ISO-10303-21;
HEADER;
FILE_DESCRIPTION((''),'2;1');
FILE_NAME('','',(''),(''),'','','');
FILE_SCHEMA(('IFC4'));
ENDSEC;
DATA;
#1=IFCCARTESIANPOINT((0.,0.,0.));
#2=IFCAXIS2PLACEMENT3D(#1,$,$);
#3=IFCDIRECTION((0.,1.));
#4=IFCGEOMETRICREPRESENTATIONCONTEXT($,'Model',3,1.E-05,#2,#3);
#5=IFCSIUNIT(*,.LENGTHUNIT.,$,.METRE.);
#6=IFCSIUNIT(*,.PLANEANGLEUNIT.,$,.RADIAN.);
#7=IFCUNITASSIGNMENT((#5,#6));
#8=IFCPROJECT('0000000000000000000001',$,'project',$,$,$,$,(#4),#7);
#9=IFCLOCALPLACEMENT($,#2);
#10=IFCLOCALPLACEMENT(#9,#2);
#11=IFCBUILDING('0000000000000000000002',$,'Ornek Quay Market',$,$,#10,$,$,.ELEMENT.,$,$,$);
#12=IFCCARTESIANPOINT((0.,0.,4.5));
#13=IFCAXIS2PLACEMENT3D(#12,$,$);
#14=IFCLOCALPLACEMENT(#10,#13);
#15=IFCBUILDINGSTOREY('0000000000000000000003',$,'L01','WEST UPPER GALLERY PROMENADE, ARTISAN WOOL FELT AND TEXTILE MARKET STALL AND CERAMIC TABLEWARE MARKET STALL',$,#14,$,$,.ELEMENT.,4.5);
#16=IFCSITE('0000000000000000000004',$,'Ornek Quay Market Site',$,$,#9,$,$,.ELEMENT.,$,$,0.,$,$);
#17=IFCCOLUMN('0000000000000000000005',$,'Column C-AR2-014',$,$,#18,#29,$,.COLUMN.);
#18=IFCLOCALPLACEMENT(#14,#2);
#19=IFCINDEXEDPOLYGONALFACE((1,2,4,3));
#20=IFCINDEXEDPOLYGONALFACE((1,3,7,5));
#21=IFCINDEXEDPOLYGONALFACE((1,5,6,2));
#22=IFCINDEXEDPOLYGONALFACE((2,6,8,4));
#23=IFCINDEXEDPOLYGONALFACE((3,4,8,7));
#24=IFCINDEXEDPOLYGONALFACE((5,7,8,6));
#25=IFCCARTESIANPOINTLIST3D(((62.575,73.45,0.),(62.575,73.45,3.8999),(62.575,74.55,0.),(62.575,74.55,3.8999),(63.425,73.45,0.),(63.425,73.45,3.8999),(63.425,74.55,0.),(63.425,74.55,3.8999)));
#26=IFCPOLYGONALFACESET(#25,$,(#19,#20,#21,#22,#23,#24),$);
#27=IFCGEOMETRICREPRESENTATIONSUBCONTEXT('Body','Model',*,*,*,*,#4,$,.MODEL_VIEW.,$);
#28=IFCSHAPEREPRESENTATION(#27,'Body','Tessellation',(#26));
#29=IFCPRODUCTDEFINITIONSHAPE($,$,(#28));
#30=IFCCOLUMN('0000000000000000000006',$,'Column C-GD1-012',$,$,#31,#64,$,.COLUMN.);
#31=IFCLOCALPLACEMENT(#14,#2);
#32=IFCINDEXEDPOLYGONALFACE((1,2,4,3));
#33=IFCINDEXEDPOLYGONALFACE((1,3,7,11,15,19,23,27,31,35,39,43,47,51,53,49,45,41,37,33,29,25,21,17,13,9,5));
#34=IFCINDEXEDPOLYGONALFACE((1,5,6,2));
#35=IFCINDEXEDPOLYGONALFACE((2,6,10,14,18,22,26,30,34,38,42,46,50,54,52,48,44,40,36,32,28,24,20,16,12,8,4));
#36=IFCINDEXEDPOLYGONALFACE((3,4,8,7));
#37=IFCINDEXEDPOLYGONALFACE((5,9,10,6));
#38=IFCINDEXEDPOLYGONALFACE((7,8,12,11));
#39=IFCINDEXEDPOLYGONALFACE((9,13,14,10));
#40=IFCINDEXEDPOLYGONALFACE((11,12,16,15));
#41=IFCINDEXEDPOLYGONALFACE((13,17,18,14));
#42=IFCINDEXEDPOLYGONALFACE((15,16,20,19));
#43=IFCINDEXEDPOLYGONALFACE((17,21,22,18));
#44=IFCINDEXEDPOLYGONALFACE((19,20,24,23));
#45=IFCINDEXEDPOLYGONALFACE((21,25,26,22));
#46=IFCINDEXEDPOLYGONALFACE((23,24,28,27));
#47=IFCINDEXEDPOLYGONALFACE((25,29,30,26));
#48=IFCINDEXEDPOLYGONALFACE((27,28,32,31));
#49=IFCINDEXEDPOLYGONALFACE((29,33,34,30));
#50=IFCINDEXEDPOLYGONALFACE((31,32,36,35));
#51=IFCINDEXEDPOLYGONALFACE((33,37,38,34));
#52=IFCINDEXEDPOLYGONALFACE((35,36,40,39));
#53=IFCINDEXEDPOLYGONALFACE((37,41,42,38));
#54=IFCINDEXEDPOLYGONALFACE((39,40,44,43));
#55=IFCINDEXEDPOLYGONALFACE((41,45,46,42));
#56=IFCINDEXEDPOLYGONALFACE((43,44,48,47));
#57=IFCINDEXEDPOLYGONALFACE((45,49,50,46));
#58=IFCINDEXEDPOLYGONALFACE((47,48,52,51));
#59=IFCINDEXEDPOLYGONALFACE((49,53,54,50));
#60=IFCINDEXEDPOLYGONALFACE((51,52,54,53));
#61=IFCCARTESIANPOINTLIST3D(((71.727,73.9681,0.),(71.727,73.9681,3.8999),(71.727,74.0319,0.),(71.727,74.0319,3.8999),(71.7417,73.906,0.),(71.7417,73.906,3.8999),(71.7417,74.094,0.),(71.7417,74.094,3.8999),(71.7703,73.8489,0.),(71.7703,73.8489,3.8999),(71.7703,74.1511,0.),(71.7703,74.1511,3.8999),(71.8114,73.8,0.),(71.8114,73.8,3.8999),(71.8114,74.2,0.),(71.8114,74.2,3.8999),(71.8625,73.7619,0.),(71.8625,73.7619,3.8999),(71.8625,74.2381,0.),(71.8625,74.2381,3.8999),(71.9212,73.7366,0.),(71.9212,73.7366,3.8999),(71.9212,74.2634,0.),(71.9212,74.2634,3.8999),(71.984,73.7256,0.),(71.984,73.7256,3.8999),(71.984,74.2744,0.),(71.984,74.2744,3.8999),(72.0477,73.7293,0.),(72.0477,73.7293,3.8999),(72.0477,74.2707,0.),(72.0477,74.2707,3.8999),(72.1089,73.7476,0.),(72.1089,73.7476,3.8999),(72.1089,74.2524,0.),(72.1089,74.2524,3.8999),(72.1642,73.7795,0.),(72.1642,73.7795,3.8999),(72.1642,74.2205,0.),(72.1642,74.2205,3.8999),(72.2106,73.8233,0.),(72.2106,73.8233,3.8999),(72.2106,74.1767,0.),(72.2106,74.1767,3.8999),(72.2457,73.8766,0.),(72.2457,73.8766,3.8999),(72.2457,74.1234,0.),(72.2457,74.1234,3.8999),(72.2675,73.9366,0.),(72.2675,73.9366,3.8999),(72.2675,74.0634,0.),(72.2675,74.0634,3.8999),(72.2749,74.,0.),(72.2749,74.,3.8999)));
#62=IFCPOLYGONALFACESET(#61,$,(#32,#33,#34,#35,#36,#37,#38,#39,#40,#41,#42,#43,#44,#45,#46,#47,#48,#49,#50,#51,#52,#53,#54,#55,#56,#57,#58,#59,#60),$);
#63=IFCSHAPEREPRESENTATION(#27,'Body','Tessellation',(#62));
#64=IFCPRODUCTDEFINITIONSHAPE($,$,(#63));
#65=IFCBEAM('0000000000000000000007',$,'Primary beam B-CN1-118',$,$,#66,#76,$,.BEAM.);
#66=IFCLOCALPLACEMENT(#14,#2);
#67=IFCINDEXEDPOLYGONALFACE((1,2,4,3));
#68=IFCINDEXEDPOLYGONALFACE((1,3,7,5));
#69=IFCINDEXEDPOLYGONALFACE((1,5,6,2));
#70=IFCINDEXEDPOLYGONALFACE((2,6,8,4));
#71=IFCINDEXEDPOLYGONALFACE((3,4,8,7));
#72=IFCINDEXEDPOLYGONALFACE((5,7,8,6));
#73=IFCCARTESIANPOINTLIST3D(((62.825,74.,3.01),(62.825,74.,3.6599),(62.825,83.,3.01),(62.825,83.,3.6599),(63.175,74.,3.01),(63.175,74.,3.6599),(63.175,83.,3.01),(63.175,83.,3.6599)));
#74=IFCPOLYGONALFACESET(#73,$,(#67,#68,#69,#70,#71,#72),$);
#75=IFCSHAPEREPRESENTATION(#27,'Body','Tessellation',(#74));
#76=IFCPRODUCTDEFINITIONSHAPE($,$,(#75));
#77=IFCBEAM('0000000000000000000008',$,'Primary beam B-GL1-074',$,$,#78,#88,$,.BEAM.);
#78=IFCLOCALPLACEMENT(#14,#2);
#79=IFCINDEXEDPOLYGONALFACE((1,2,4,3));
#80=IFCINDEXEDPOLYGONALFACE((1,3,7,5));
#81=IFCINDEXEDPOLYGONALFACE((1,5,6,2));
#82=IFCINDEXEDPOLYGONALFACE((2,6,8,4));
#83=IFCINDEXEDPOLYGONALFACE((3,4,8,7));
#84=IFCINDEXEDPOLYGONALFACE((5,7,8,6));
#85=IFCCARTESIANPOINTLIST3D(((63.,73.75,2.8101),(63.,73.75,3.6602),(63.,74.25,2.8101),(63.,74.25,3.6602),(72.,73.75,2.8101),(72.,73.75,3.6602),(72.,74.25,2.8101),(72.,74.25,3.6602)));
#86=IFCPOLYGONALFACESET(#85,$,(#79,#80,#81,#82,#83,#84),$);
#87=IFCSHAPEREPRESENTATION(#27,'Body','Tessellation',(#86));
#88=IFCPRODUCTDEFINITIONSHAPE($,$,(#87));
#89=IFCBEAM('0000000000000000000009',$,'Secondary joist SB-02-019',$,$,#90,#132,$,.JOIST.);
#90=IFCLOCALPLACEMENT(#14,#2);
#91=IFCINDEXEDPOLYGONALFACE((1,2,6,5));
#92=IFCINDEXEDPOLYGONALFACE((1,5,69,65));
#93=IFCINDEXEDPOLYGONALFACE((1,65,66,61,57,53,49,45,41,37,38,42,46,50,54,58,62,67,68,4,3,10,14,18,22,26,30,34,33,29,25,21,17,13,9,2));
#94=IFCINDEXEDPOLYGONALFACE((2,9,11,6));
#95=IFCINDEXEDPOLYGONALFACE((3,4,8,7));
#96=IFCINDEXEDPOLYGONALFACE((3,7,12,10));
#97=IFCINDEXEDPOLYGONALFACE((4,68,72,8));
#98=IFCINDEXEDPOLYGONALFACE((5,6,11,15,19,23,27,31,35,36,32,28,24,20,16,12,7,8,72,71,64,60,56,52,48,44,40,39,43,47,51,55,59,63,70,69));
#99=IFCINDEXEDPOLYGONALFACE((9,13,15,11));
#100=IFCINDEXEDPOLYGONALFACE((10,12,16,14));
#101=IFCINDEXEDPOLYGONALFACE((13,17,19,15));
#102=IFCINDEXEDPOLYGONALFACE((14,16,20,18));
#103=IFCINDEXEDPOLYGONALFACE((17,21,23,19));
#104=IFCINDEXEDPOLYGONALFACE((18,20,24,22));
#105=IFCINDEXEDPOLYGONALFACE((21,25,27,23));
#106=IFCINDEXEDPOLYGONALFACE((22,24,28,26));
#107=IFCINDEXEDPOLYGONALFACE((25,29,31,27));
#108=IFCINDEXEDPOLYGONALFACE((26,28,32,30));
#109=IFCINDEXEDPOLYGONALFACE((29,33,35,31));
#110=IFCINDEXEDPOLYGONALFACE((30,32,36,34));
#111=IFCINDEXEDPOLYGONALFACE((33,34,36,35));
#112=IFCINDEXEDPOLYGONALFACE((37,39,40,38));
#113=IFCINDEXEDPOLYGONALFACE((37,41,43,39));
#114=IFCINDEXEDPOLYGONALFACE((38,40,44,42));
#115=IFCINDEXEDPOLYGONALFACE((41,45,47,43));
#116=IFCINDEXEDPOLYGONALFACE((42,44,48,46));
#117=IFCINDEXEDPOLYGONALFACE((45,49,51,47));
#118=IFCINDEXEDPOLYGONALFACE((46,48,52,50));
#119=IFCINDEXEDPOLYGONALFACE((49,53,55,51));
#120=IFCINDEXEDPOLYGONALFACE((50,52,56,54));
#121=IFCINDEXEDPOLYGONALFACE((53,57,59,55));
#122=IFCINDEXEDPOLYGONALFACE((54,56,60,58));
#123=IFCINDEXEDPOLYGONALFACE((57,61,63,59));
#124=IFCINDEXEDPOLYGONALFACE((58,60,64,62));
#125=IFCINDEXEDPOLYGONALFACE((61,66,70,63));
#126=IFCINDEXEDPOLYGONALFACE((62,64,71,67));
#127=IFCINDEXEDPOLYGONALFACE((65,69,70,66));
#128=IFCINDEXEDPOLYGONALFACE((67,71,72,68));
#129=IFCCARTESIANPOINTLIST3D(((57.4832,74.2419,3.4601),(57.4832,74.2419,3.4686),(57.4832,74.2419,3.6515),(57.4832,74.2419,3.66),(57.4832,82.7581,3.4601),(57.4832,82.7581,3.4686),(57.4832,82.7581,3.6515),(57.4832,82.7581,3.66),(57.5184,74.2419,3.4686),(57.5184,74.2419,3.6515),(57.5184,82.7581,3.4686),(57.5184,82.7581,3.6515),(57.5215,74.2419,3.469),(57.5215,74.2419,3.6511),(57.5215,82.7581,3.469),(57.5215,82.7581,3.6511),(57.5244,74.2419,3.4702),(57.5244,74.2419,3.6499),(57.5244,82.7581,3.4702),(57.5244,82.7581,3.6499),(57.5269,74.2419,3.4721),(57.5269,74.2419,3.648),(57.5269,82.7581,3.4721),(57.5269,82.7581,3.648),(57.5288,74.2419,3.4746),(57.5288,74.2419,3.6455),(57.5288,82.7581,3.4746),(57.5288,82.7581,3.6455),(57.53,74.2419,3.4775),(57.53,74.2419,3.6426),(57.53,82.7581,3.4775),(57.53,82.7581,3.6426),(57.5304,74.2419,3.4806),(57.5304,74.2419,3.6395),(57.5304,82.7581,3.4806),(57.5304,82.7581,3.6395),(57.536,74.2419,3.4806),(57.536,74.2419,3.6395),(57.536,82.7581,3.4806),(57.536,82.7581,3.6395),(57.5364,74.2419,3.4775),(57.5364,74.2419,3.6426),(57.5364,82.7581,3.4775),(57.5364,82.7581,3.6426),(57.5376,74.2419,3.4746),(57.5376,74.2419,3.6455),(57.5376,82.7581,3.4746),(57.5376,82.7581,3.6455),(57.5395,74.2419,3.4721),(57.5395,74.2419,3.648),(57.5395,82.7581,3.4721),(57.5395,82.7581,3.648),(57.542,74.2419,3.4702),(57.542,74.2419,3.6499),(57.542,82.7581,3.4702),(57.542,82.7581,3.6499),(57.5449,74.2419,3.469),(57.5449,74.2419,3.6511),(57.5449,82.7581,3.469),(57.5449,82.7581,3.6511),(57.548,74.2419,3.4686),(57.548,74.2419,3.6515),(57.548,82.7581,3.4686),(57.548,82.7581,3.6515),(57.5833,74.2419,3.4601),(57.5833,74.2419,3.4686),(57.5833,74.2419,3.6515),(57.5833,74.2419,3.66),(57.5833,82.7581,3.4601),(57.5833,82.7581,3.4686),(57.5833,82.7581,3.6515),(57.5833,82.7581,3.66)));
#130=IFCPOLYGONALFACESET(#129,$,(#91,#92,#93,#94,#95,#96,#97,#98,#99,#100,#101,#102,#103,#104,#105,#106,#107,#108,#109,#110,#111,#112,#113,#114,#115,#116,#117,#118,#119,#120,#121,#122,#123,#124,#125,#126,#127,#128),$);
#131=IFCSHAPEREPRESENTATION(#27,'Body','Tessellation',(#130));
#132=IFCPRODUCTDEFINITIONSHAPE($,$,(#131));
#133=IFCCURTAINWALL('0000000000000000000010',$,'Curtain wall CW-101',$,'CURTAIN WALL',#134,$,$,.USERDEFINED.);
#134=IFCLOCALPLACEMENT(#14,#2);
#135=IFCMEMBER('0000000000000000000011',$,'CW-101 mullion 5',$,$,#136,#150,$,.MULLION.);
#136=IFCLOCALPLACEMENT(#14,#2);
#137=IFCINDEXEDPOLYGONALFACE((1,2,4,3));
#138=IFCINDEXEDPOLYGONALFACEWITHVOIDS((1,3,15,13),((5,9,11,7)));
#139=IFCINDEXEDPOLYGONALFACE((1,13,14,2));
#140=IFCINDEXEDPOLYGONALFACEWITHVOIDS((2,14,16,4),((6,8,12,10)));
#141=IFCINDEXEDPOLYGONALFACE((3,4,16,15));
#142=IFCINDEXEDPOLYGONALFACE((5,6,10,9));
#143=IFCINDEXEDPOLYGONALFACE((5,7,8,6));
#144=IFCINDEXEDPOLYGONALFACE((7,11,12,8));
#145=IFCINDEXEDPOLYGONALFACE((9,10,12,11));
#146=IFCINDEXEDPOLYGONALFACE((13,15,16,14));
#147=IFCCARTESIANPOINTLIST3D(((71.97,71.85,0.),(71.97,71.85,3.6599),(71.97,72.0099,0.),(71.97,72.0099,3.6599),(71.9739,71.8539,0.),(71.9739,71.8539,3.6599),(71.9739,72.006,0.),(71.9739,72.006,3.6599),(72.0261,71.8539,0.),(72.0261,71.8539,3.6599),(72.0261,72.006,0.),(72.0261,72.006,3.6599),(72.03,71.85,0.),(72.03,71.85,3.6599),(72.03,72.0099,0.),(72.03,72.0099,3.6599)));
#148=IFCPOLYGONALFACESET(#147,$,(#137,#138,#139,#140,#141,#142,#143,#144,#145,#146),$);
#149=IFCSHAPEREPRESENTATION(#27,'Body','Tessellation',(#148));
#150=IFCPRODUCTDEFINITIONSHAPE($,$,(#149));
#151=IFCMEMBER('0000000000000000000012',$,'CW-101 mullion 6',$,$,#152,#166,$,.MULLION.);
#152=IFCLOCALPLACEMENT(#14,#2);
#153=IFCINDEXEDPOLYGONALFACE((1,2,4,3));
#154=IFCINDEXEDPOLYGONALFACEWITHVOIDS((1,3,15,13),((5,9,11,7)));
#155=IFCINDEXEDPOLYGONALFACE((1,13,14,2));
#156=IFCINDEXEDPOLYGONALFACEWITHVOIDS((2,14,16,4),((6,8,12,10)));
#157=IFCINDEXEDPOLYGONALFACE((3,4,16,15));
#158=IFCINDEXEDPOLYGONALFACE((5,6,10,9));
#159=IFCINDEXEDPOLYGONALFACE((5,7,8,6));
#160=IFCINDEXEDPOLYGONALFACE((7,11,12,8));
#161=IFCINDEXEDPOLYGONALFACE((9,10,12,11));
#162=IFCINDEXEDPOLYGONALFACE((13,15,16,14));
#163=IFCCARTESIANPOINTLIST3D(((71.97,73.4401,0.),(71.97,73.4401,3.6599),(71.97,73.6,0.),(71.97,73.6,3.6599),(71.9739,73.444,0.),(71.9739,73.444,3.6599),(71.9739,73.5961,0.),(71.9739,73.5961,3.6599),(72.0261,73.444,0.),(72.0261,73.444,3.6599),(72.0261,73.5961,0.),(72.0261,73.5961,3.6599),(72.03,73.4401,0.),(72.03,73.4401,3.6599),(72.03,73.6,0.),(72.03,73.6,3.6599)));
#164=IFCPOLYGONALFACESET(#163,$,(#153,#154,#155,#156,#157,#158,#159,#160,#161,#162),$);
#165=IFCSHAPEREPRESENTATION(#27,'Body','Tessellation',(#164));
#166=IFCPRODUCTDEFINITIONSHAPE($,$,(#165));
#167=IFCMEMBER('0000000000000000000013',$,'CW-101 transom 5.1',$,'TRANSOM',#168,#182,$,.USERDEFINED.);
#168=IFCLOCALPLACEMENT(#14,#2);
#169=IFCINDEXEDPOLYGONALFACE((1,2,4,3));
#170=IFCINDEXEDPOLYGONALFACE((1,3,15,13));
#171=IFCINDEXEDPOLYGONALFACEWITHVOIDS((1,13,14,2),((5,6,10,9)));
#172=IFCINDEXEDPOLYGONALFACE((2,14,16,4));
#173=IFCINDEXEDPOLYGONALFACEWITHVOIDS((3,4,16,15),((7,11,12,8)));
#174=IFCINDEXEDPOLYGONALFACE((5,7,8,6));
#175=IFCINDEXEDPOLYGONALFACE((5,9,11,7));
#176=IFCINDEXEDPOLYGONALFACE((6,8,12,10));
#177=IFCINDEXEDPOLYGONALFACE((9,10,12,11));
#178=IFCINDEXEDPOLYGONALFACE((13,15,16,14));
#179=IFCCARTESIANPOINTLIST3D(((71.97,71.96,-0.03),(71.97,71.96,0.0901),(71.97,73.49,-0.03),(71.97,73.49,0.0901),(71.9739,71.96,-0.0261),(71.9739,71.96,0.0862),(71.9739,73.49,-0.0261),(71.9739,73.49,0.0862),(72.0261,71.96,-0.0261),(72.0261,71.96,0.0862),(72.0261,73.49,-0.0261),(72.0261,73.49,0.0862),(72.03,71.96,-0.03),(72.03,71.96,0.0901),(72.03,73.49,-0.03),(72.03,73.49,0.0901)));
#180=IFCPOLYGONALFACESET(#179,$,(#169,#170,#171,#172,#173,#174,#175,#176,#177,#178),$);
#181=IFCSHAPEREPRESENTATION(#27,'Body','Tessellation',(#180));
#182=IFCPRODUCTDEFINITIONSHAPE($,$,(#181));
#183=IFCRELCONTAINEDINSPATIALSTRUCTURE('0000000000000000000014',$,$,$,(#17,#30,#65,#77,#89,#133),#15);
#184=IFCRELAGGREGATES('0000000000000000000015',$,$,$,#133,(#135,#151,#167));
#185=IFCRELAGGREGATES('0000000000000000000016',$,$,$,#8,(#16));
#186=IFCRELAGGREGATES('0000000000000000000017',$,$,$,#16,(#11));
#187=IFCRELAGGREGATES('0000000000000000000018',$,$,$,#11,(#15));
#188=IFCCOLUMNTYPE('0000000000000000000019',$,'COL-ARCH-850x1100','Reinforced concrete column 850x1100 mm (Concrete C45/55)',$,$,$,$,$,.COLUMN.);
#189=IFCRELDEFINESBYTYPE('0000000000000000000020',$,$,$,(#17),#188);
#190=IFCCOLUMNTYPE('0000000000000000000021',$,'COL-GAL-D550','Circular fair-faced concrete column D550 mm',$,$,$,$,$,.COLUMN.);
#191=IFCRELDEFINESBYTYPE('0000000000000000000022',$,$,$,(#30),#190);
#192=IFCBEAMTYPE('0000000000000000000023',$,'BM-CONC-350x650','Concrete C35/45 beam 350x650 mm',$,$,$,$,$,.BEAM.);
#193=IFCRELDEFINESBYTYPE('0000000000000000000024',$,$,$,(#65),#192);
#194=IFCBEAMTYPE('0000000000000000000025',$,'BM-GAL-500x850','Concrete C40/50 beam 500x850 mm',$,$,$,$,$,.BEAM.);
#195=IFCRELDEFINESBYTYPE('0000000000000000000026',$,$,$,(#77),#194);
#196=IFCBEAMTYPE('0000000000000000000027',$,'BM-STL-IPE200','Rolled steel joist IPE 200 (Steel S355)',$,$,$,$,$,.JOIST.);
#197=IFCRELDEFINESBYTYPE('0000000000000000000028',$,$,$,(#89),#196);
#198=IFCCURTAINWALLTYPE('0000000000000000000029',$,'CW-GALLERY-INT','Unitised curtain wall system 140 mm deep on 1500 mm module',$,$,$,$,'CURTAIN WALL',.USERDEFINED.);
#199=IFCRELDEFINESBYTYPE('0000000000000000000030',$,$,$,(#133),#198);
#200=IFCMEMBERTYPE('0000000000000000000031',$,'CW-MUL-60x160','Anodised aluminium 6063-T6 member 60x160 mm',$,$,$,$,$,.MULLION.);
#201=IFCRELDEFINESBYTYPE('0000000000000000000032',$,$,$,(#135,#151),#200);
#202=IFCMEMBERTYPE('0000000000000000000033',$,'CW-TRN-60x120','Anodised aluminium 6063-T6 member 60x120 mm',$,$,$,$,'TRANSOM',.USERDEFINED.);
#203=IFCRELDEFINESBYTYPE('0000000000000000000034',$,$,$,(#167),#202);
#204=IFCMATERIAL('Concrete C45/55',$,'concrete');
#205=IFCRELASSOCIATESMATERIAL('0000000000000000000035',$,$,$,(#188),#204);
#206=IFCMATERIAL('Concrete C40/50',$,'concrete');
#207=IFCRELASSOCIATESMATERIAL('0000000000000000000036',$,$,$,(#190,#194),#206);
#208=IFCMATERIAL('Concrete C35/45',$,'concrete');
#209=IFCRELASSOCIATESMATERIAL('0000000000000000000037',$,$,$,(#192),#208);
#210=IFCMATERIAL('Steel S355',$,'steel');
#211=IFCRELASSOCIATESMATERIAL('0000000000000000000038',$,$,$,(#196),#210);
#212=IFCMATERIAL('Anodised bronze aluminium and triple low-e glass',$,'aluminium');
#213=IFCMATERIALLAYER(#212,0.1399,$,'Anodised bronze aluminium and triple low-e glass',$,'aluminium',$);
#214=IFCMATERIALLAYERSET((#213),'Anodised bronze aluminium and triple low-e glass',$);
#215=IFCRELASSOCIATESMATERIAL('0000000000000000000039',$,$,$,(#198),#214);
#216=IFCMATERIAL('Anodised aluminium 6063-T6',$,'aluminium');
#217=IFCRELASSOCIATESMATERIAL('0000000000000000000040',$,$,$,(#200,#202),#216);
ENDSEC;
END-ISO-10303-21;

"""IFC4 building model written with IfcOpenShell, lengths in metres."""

from ifc_helpers import new_model, si_unit, direction, frame, origin, origin_2d, place, context, subcontext, project, spatial, rectangle, hollow_rectangle, circle, i_section, extrude, material, layer, layer_set, material_profile, profile_set, type_object, element, aggregate, save


model = new_model("IFC4")

# Units and contexts
model_context = context("Model", 3, precision=1e-05, world=origin(), true_north=direction((0.0, 1.0)))
body_context = subcontext(model_context, "Body", "Model", "MODEL_VIEW")
ifc_project = project(units=[si_unit("LENGTHUNIT", "METRE"), si_unit("PLANEANGLEUNIT", "RADIAN")], contexts=[model_context])

# Site, building, storey
site_placement = place(None, origin())
site = spatial("IfcSite", under=ifc_project, at=site_placement, Name="Ornek Quay Market Site", CompositionType="ELEMENT", RefElevation=0.0)
building_placement = place(site_placement, origin())
building = spatial("IfcBuilding", under=site, at=building_placement, Name="Ornek Quay Market", CompositionType="ELEMENT")
storey_placement = place(building_placement, frame((0.0, 0.0, 4.5)))
storey = spatial("IfcBuildingStorey", under=building, at=storey_placement, Name="L01", Description="WEST UPPER GALLERY PROMENADE, ARTISAN WOOL FELT AND TEXTILE MARKET STALL AND CERAMIC TABLEWARE MARKET STALL", CompositionType="ELEMENT", Elevation=4.5)

# Columns
ifc_material_1 = material(Name="Concrete C45/55", Category="concrete")
ifc_material_profile_1 = material_profile(ifc_material_1, rectangle(XDim=0.8501, YDim=1.1001, at=origin_2d()), Name="RC 850x1100", Category="concrete")
ifc_profile_set_1 = profile_set([ifc_material_profile_1], Name="Concrete C45/55")
column_type_1 = type_object("IfcColumnType", Name="COL-ARCH-850x1100", Description="Reinforced concrete column 850x1100 mm (Concrete C45/55)", PredefinedType="COLUMN", material=ifc_profile_set_1)
column_1_placement = place(storey_placement, frame((63.0, 74.0, 0.0), z_axis=(0.0, 0.0, 1.0), x_axis=(1.0, 0.0, 0.0)))
element("IfcColumn", 1, at=column_1_placement, inside=storey, type_object=column_type_1, Name="Column C-AR2-014", PredefinedType="COLUMN", context=body_context, shape_type="SweptSolid", body=[
    extrude(rectangle(XDim=0.8501, YDim=1.1001, at=origin_2d()), origin(), (0.0, 0.0, 1.0), 3.8999),
])
ifc_material_2 = material(Name="Concrete C40/50", Category="concrete")
ifc_material_profile_2 = material_profile(ifc_material_2, circle(Radius=0.2749, at=origin_2d()), Name="RC D550", Category="concrete")
ifc_profile_set_2 = profile_set([ifc_material_profile_2], Name="Concrete C40/50")
column_type_2 = type_object("IfcColumnType", Name="COL-GAL-D550", Description="Circular fair-faced concrete column D550 mm", PredefinedType="COLUMN", material=ifc_profile_set_2)
column_2_placement = place(storey_placement, frame((72.0, 74.0, 0.0), z_axis=(0.0, 0.0, 1.0), x_axis=(1.0, 0.0, 0.0)))
element("IfcColumn", 2, at=column_2_placement, inside=storey, type_object=column_type_2, Name="Column C-GD1-012", PredefinedType="COLUMN", context=body_context, shape_type="SweptSolid", body=[
    extrude(circle(Radius=0.2749, at=origin_2d()), origin(), (0.0, 0.0, 1.0), 3.8999),
])

# Beams
ifc_material_3 = material(Name="Concrete C35/45", Category="concrete")
ifc_material_profile_3 = material_profile(ifc_material_3, rectangle(XDim=0.3501, YDim=0.6499, at=origin_2d()), Name="RC 350x650", Category="concrete")
ifc_profile_set_3 = profile_set([ifc_material_profile_3], Name="Concrete C35/45")
beam_type_1 = type_object("IfcBeamType", Name="BM-CONC-350x650", Description="Concrete C35/45 beam 350x650 mm", PredefinedType="BEAM", material=ifc_profile_set_3)
beam_1_placement = place(storey_placement, frame((63.0, 74.0, 3.335), z_axis=(0.0, 1.0, 0.0), x_axis=(-1.0, 0.0, 0.0)))
element("IfcBeam", 3, at=beam_1_placement, inside=storey, type_object=beam_type_1, Name="Primary beam B-CN1-118", PredefinedType="BEAM", context=body_context, shape_type="SweptSolid", body=[
    extrude(rectangle(XDim=0.3501, YDim=0.6499, at=origin_2d()), origin(), (0.0, 0.0, 1.0), 9.0),
])
ifc_material_profile_4 = material_profile(ifc_material_2, rectangle(XDim=0.5, YDim=0.8501, at=origin_2d()), Name="RC 500x850", Category="concrete")
ifc_profile_set_4 = profile_set([ifc_material_profile_4], Name="Concrete C40/50")
beam_type_2 = type_object("IfcBeamType", Name="BM-GAL-500x850", Description="Concrete C40/50 beam 500x850 mm", PredefinedType="BEAM", material=ifc_profile_set_4)
beam_2_placement = place(storey_placement, frame((63.0, 74.0, 3.2351), z_axis=(1.0, 0.0, 0.0), x_axis=(0.0, 1.0, 0.0)))
element("IfcBeam", 4, at=beam_2_placement, inside=storey, type_object=beam_type_2, Name="Primary beam B-GL1-074", PredefinedType="BEAM", context=body_context, shape_type="SweptSolid", body=[
    extrude(rectangle(XDim=0.5, YDim=0.8501, at=origin_2d()), origin(), (0.0, 0.0, 1.0), 9.0),
])
ifc_material_4 = material(Name="Steel S355", Category="steel")
ifc_material_profile_5 = material_profile(ifc_material_4, i_section(OverallWidth=0.1001, OverallDepth=0.2, WebThickness=0.0056, FlangeThickness=0.0085, FilletRadius=0.012, at=origin_2d()), Name="IPE 200", Category="steel")
ifc_profile_set_5 = profile_set([ifc_material_profile_5], Name="Steel S355")
beam_type_3 = type_object("IfcBeamType", Name="BM-STL-IPE200", Description="Rolled steel joist IPE 200 (Steel S355)", PredefinedType="JOIST", material=ifc_profile_set_5)
beam_3_placement = place(storey_placement, frame((57.5332, 74.2419, 3.5601), z_axis=(0.0, 1.0, 0.0), x_axis=(-1.0, 0.0, 0.0)))
element("IfcBeam", 5, at=beam_3_placement, inside=storey, type_object=beam_type_3, Name="Secondary joist SB-02-019", PredefinedType="JOIST", context=body_context, shape_type="SweptSolid", body=[
    extrude(i_section(OverallWidth=0.1001, OverallDepth=0.2, WebThickness=0.0056, FlangeThickness=0.0085, FilletRadius=0.012, at=origin_2d()), origin(), (0.0, 0.0, 1.0), 8.5161),
])

# Curtain wall, members
ifc_material_5 = material(Name="Anodised bronze aluminium and triple low-e glass", Category="aluminium")
ifc_layer_1 = layer(ifc_material_5, 0.1399, Name="Anodised bronze aluminium and triple low-e glass", Category="aluminium")
ifc_layer_set_1 = layer_set([ifc_layer_1], Name="Anodised bronze aluminium and triple low-e glass")
curtain_wall_type = type_object("IfcCurtainWallType", Name="CW-GALLERY-INT", Description="Unitised curtain wall system 140 mm deep on 1500 mm module", ElementType="CURTAIN WALL", PredefinedType="USERDEFINED", material=ifc_layer_set_1)
curtain_wall_placement = place(storey_placement, origin())
curtain_wall = element("IfcCurtainWall", 6, at=curtain_wall_placement, inside=storey, type_object=curtain_wall_type, Name="Curtain wall CW-101", ObjectType="CURTAIN WALL", PredefinedType="USERDEFINED")
ifc_material_6 = material(Name="Anodised aluminium 6063-T6", Category="aluminium")
ifc_material_profile_6 = material_profile(ifc_material_6, hollow_rectangle(XDim=0.0601, YDim=0.1599, WallThickness=0.0039, at=origin_2d()), Name="CW-MUL-60x160", Category="aluminium")
ifc_profile_set_6 = profile_set([ifc_material_profile_6], Name="Anodised aluminium 6063-T6")
member_type_1 = type_object("IfcMemberType", Name="CW-MUL-60x160", Description="Anodised aluminium 6063-T6 member 60x160 mm", PredefinedType="MULLION", material=ifc_profile_set_6)
member_1_placement = place(storey_placement, frame((72.0, 71.9299, 0.0), z_axis=(0.0, 0.0, 1.0), x_axis=(-1.0, 0.0, 0.0)))
member_1 = element("IfcMember", 7, at=member_1_placement, type_object=member_type_1, Name="CW-101 mullion 5", PredefinedType="MULLION", context=body_context, shape_type="SweptSolid", body=[
    extrude(hollow_rectangle(XDim=0.0601, YDim=0.1599, WallThickness=0.0039, at=origin_2d()), origin(), (0.0, 0.0, 1.0), 3.6599),
])
member_2_placement = place(storey_placement, frame((72.0, 73.52, 0.0), z_axis=(0.0, 0.0, 1.0), x_axis=(-1.0, 0.0, 0.0)))
member_2 = element("IfcMember", 8, at=member_2_placement, type_object=member_type_1, Name="CW-101 mullion 6", PredefinedType="MULLION", context=body_context, shape_type="SweptSolid", body=[
    extrude(hollow_rectangle(XDim=0.0601, YDim=0.1599, WallThickness=0.0039, at=origin_2d()), origin(), (0.0, 0.0, 1.0), 3.6599),
])
ifc_material_profile_7 = material_profile(ifc_material_6, hollow_rectangle(XDim=0.0601, YDim=0.1201, WallThickness=0.0039, at=origin_2d()), Name="CW-TRN-60x120", Category="aluminium")
ifc_profile_set_7 = profile_set([ifc_material_profile_7], Name="Anodised aluminium 6063-T6")
member_type_2 = type_object("IfcMemberType", Name="CW-TRN-60x120", Description="Anodised aluminium 6063-T6 member 60x120 mm", ElementType="TRANSOM", PredefinedType="USERDEFINED", material=ifc_profile_set_7)
member_3_placement = place(storey_placement, frame((72.0, 71.96, 0.03), z_axis=(0.0, 1.0, 0.0), x_axis=(-1.0, 0.0, 0.0)))
member_3 = element("IfcMember", 9, at=member_3_placement, type_object=member_type_2, Name="CW-101 transom 5.1", ObjectType="TRANSOM", PredefinedType="USERDEFINED", context=body_context, shape_type="SweptSolid", body=[
    extrude(hollow_rectangle(XDim=0.0601, YDim=0.1201, WallThickness=0.0039, at=origin_2d()), origin(), (0.0, 0.0, 1.0), 1.53),
])
aggregate(curtain_wall, [member_1, member_2, member_3])

save(model, "model.ifc")
